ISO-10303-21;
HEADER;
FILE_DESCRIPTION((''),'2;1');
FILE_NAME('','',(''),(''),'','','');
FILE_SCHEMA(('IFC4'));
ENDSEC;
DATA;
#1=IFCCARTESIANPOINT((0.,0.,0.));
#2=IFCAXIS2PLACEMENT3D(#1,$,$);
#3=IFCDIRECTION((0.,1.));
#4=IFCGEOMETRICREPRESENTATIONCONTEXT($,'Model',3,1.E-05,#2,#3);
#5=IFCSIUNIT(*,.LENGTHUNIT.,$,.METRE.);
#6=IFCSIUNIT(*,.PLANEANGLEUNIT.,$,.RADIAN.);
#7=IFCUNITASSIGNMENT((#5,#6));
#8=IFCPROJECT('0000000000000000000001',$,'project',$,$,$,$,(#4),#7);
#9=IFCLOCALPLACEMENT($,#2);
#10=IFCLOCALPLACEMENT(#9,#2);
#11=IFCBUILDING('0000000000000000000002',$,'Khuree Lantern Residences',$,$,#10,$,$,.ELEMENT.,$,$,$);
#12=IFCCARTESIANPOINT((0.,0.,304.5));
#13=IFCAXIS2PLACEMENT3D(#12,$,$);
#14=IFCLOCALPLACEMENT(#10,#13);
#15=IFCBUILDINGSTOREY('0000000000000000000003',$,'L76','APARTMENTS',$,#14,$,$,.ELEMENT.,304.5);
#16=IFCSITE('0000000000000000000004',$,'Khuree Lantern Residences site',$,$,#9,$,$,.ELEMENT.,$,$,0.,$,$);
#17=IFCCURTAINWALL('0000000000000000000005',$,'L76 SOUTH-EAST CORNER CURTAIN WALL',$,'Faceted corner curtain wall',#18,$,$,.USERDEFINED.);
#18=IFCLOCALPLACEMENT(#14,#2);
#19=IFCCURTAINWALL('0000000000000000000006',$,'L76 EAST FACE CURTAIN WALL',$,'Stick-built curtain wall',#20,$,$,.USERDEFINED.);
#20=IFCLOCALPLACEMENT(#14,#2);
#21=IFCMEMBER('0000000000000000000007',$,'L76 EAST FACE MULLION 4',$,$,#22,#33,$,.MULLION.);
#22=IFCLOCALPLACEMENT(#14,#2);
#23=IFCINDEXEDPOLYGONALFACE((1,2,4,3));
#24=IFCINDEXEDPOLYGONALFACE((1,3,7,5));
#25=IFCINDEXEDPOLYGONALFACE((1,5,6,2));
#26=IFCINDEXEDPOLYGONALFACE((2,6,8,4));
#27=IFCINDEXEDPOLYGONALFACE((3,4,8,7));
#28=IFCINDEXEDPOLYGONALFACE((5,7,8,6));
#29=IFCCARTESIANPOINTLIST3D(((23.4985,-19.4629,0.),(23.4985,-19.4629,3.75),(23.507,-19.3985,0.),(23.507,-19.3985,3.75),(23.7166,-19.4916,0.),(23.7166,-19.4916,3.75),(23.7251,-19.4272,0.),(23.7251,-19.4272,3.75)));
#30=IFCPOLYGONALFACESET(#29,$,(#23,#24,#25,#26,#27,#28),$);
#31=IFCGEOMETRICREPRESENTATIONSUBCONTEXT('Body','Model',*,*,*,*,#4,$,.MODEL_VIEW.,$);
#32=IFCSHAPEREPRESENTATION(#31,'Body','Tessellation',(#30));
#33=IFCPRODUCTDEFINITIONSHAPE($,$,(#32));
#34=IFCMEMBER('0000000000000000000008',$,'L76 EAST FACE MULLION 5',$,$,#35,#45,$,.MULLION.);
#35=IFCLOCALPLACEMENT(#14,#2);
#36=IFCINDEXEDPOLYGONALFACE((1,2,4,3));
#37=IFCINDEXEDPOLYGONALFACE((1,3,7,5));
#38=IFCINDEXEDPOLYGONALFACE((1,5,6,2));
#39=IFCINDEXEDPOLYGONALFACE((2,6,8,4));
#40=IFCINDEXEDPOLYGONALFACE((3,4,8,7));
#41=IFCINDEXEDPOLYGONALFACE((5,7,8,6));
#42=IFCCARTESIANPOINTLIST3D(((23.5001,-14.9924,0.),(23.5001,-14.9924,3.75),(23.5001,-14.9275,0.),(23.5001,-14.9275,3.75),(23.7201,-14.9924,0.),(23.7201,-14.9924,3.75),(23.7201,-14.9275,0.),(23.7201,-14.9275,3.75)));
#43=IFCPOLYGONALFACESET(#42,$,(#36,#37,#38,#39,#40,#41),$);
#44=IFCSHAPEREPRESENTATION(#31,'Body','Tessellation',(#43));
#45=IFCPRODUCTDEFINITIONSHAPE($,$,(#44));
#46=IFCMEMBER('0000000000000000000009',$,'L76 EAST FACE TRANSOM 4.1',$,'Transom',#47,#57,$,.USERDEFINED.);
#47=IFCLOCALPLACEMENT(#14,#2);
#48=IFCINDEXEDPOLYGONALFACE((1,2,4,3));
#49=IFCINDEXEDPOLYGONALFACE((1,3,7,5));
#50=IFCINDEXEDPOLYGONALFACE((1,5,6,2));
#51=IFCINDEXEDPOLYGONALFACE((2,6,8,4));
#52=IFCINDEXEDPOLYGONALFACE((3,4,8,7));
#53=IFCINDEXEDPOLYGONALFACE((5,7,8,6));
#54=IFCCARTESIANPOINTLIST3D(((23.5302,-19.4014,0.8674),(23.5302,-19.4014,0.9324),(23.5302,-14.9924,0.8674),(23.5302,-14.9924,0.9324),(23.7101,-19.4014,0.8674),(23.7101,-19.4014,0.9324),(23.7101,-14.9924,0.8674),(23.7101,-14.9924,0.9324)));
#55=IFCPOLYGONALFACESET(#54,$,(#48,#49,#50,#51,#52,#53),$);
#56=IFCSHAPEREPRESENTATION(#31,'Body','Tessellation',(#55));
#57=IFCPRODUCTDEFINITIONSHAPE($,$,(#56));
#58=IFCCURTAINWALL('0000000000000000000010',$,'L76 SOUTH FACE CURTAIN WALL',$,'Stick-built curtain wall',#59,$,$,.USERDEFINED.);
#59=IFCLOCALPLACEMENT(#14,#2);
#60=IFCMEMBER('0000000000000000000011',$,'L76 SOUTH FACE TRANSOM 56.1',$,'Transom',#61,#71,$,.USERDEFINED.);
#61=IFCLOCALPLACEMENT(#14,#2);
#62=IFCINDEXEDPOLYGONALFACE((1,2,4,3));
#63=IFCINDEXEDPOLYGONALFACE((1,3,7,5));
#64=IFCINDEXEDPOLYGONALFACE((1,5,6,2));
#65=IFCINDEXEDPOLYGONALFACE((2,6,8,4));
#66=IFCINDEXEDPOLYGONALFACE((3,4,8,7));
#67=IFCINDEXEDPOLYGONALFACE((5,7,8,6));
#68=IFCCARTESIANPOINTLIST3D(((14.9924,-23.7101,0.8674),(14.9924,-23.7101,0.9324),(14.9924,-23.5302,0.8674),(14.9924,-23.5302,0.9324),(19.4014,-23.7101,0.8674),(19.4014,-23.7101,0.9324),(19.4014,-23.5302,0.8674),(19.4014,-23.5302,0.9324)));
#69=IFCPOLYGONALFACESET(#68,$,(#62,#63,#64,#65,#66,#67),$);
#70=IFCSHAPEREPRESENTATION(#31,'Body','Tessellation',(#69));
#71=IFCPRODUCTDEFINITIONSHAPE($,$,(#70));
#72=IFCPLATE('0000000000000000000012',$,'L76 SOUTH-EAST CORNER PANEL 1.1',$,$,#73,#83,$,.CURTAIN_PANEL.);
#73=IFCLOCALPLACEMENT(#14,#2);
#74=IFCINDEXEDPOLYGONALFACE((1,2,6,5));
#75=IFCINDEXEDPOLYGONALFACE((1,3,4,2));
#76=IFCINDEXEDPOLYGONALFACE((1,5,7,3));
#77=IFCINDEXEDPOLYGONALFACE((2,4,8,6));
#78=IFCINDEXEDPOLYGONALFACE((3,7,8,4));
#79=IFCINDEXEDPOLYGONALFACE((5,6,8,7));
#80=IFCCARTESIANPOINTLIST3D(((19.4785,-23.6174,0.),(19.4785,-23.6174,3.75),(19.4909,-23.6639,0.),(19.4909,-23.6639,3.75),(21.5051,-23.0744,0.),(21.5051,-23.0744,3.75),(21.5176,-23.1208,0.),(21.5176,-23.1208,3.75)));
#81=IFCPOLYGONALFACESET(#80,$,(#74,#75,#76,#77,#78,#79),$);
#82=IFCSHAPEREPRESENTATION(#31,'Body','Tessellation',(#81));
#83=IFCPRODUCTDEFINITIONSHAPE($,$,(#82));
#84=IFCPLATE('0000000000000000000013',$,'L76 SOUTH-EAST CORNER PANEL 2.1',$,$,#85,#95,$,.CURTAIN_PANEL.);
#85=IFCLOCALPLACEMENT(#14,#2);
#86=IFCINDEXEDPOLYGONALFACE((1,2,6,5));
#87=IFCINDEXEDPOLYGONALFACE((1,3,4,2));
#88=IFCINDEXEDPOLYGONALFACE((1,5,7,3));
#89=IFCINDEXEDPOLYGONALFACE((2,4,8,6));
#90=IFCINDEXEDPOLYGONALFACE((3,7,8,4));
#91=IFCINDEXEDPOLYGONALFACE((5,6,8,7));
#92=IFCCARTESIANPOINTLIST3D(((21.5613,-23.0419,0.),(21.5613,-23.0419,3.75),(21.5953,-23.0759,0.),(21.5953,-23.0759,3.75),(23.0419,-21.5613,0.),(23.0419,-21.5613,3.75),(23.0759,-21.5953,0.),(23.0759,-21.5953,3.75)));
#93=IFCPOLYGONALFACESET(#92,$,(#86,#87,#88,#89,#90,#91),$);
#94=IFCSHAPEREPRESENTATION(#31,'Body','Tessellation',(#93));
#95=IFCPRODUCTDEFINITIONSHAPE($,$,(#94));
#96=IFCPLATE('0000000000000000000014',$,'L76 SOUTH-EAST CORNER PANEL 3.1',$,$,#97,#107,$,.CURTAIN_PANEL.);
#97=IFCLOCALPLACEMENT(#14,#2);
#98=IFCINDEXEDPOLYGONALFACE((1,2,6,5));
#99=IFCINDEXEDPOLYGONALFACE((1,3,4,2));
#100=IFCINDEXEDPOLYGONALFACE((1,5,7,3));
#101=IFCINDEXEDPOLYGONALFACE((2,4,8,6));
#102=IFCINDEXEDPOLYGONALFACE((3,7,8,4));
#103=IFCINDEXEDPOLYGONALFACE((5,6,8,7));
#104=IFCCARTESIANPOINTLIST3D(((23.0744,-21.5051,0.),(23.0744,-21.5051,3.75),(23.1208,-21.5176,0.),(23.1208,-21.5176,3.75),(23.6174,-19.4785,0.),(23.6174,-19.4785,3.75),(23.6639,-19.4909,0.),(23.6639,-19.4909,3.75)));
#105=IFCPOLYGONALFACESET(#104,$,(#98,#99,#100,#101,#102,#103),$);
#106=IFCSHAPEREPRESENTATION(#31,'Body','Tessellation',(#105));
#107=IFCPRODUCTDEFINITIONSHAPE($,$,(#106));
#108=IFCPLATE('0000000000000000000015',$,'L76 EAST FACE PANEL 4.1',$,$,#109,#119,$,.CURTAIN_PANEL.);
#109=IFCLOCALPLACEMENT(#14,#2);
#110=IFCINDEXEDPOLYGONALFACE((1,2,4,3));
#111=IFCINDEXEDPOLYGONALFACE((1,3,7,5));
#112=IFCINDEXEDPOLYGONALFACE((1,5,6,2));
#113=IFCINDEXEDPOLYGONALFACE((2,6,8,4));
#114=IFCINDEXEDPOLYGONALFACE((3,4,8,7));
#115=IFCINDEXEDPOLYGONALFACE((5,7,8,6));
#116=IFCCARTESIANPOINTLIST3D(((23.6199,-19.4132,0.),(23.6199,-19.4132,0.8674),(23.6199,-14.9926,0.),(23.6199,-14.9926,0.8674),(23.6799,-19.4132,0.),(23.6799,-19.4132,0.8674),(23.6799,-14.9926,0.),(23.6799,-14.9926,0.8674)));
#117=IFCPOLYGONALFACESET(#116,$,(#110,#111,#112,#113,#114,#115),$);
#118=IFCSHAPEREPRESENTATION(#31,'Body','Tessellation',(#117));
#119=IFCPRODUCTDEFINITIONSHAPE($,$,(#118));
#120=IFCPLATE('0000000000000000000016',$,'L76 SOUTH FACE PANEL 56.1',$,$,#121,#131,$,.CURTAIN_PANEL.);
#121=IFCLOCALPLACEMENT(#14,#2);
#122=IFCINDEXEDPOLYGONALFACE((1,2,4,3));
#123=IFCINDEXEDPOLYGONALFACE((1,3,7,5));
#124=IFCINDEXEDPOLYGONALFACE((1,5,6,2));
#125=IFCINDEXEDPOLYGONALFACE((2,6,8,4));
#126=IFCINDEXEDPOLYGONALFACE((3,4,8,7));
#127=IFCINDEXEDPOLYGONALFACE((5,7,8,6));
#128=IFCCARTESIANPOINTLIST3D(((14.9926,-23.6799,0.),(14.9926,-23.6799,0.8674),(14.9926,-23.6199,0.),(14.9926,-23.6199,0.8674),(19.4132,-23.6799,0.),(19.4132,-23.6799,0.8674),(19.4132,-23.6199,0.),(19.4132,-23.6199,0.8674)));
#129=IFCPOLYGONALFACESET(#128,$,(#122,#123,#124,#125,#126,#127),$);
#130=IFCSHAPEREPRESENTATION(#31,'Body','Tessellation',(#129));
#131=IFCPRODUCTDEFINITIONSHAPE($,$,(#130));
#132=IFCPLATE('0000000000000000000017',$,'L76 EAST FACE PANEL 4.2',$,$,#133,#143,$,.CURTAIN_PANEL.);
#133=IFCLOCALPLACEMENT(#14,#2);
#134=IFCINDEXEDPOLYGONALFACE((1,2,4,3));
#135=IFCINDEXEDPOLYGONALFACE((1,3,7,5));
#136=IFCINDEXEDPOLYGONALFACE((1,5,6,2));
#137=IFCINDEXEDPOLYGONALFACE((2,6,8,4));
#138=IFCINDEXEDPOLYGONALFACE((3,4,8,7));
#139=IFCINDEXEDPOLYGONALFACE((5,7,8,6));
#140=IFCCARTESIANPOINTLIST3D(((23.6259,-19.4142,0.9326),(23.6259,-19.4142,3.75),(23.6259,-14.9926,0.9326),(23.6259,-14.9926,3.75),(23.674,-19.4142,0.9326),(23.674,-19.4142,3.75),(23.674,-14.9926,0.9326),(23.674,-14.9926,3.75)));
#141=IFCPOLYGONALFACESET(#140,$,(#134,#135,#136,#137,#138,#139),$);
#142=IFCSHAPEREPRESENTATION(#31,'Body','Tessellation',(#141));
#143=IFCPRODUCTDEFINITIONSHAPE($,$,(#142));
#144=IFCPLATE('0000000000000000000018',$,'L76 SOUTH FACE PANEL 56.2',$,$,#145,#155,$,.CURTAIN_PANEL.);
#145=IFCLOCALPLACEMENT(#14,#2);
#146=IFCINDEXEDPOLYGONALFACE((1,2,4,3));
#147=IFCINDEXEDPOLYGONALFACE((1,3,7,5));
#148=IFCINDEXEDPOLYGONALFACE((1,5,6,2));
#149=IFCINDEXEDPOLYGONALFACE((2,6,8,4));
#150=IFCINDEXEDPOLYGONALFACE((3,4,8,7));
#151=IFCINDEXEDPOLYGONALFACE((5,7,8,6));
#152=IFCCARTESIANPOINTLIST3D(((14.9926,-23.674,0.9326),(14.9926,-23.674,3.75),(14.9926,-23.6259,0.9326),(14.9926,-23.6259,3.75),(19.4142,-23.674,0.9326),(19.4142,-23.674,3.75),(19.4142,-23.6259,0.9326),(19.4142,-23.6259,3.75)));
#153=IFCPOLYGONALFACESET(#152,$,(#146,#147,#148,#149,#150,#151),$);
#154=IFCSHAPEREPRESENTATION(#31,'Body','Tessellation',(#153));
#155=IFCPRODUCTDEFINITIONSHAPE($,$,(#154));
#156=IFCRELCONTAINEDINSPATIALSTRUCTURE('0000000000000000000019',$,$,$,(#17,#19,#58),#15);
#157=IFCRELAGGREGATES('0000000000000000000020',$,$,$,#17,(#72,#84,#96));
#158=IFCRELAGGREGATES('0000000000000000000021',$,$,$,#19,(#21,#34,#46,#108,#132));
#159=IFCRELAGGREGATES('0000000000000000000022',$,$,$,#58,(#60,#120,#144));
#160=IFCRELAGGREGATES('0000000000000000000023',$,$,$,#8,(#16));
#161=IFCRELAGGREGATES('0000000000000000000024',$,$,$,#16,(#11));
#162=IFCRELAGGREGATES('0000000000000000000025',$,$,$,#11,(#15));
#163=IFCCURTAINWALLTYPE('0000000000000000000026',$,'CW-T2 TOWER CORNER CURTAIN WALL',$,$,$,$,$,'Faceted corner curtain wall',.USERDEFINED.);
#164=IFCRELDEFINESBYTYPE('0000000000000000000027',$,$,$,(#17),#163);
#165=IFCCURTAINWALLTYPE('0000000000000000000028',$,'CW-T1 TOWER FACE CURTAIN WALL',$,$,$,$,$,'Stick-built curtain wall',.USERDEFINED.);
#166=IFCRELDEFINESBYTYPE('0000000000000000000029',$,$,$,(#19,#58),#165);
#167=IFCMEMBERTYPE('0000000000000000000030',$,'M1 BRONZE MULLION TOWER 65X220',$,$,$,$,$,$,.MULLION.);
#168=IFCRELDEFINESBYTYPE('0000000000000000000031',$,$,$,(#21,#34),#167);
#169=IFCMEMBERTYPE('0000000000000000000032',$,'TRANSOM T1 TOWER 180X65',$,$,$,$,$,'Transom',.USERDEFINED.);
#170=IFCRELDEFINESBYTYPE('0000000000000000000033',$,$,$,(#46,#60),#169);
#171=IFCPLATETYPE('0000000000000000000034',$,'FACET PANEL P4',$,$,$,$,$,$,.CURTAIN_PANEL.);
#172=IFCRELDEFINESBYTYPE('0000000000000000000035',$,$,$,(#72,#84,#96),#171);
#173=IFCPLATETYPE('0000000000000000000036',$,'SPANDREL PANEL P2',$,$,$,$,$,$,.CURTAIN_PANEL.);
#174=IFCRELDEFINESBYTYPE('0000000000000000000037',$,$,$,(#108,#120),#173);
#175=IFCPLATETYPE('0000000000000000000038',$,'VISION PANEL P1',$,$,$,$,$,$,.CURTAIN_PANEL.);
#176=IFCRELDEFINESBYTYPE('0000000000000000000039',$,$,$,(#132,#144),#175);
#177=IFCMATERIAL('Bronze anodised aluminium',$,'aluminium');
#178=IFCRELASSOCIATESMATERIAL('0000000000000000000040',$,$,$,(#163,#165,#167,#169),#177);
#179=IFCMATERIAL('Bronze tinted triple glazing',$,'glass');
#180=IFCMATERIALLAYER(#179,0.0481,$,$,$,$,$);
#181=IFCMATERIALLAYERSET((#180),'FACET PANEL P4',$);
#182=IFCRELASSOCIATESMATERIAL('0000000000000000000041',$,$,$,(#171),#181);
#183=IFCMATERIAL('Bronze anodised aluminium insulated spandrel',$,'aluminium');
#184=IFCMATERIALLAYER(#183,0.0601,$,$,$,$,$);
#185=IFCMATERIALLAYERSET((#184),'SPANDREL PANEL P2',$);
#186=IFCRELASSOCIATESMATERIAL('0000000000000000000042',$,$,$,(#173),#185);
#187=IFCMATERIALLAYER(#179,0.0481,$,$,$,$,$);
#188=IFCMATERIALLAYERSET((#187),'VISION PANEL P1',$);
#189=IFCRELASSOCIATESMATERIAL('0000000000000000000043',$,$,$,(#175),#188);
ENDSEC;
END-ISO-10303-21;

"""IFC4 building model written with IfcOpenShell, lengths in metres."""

from ifc_helpers import new_model, si_unit, direction, frame, origin, origin_2d, place, context, subcontext, project, spatial, rectangle, extrude, material, layer, layer_set, material_profile, profile_set, type_object, element, aggregate, save


model = new_model("IFC4")

# Units and contexts
model_context = context("Model", 3, precision=1e-05, world=origin(), true_north=direction((0.0, 1.0)))
body_context = subcontext(model_context, "Body", "Model", "MODEL_VIEW")
ifc_project = project(units=[si_unit("LENGTHUNIT", "METRE"), si_unit("PLANEANGLEUNIT", "RADIAN")], contexts=[model_context])

# Site, building, storey
site_placement = place(None, origin())
site = spatial("IfcSite", under=ifc_project, at=site_placement, Name="Khuree Lantern Residences site", CompositionType="ELEMENT", RefElevation=0.0)
building_placement = place(site_placement, origin())
building = spatial("IfcBuilding", under=site, at=building_placement, Name="Khuree Lantern Residences", CompositionType="ELEMENT")
storey_placement = place(building_placement, frame((0.0, 0.0, 304.5)))
storey = spatial("IfcBuildingStorey", under=building, at=storey_placement, Name="L76", Description="APARTMENTS", CompositionType="ELEMENT", Elevation=304.5)

# Curtain wall
ifc_material_1 = material(Name="Bronze anodised aluminium", Category="aluminium")
curtain_wall_type_1 = type_object("IfcCurtainWallType", Name="CW-T2 TOWER CORNER CURTAIN WALL", ElementType="Faceted corner curtain wall", PredefinedType="USERDEFINED", material=ifc_material_1)
curtain_wall_1_placement = place(storey_placement, origin())
curtain_wall_1 = element("IfcCurtainWall", 1, at=curtain_wall_1_placement, inside=storey, type_object=curtain_wall_type_1, Name="L76 SOUTH-EAST CORNER CURTAIN WALL", ObjectType="Faceted corner curtain wall", PredefinedType="USERDEFINED")

# Shared definitions
ifc_material_profile_1 = material_profile(ifc_material_1, rectangle(XDim=0.0649, YDim=0.22, at=origin_2d()), Name="M1 65X220")
ifc_profile_set_1 = profile_set([ifc_material_profile_1], Name="Bronze anodised aluminium")
member_type_1 = type_object("IfcMemberType", Name="M1 BRONZE MULLION TOWER 65X220", PredefinedType="MULLION", material=ifc_profile_set_1)

# Curtain wall, members
curtain_wall_type_2 = type_object("IfcCurtainWallType", Name="CW-T1 TOWER FACE CURTAIN WALL", ElementType="Stick-built curtain wall", PredefinedType="USERDEFINED", material=ifc_material_1)
curtain_wall_2_placement = place(storey_placement, origin())
curtain_wall_2 = element("IfcCurtainWall", 2, at=curtain_wall_2_placement, inside=storey, type_object=curtain_wall_type_2, Name="L76 EAST FACE CURTAIN WALL", ObjectType="Stick-built curtain wall", PredefinedType="USERDEFINED")
member_1_placement = place(storey_placement, frame((23.6118, -19.4451, 0.0), z_axis=(0.0, 0.0, 1.0), x_axis=(0.130526, 0.991445, 0.0)))
member_1 = element("IfcMember", 3, at=member_1_placement, type_object=member_type_1, Name="L76 EAST FACE MULLION 4", PredefinedType="MULLION", context=body_context, shape_type="SweptSolid", body=[
    extrude(rectangle(XDim=0.0649, YDim=0.22, at=origin_2d()), origin(), (0.0, 0.0, 1.0), 3.75),
])
member_2_placement = place(storey_placement, frame((23.6101, -14.96, 0.0), z_axis=(0.0, 0.0, 1.0), x_axis=(0.0, 1.0, 0.0)))
member_2 = element("IfcMember", 4, at=member_2_placement, type_object=member_type_1, Name="L76 EAST FACE MULLION 5", PredefinedType="MULLION", context=body_context, shape_type="SweptSolid", body=[
    extrude(rectangle(XDim=0.0649, YDim=0.22, at=origin_2d()), origin(), (0.0, 0.0, 1.0), 3.75),
])
ifc_material_profile_2 = material_profile(ifc_material_1, rectangle(XDim=0.1799, YDim=0.0649, at=origin_2d()), Name="T1 180X65")
ifc_profile_set_2 = profile_set([ifc_material_profile_2], Name="Bronze anodised aluminium")
member_type_2 = type_object("IfcMemberType", Name="TRANSOM T1 TOWER 180X65", ElementType="Transom", PredefinedType="USERDEFINED", material=ifc_profile_set_2)
member_3_placement = place(storey_placement, frame((23.6201, -19.4014, 0.8999), z_axis=(0.0, 1.0, 0.0), x_axis=(-1.0, 0.0, 0.0)))
member_3 = element("IfcMember", 5, at=member_3_placement, type_object=member_type_2, Name="L76 EAST FACE TRANSOM 4.1", ObjectType="Transom", PredefinedType="USERDEFINED", context=body_context, shape_type="SweptSolid", body=[
    extrude(rectangle(XDim=0.1799, YDim=0.0649, at=origin_2d()), origin(), (0.0, 0.0, 1.0), 4.4089),
])

# Curtain wall, member
curtain_wall_3_placement = place(storey_placement, origin())
curtain_wall_3 = element("IfcCurtainWall", 6, at=curtain_wall_3_placement, inside=storey, type_object=curtain_wall_type_2, Name="L76 SOUTH FACE CURTAIN WALL", ObjectType="Stick-built curtain wall", PredefinedType="USERDEFINED")
member_4_placement = place(storey_placement, frame((14.9924, -23.6201, 0.8999), z_axis=(1.0, 0.0, 0.0), x_axis=(0.0, 1.0, 0.0)))
member_4 = element("IfcMember", 7, at=member_4_placement, type_object=member_type_2, Name="L76 SOUTH FACE TRANSOM 56.1", ObjectType="Transom", PredefinedType="USERDEFINED", context=body_context, shape_type="SweptSolid", body=[
    extrude(rectangle(XDim=0.1799, YDim=0.0649, at=origin_2d()), origin(), (0.0, 0.0, 1.0), 4.4089),
])

# Plates
ifc_material_2 = material(Name="Bronze tinted triple glazing", Category="glass")
ifc_layer_1 = layer(ifc_material_2, 0.0481)
ifc_layer_set_1 = layer_set([ifc_layer_1], Name="FACET PANEL P4")
plate_type_1 = type_object("IfcPlateType", Name="FACET PANEL P4", PredefinedType="CURTAIN_PANEL", material=ifc_layer_set_1)
plate_1_placement = place(storey_placement, frame((20.498, -23.3691, 0.0), z_axis=(0.0, 0.0, 1.0), x_axis=(0.965926, 0.258819, 0.0)))
plate_1 = element("IfcPlate", 8, at=plate_1_placement, type_object=plate_type_1, Name="L76 SOUTH-EAST CORNER PANEL 1.1", PredefinedType="CURTAIN_PANEL", context=body_context, shape_type="SweptSolid", body=[
    extrude(rectangle(XDim=2.0981, YDim=0.0481, at=origin_2d()), origin(), (0.0, 0.0, 1.0), 3.75),
])
plate_2_placement = place(storey_placement, frame((22.3186, -22.3186, 0.0), z_axis=(0.0, 0.0, 1.0), x_axis=(0.707107, 0.707107, 0.0)))
plate_2 = element("IfcPlate", 9, at=plate_2_placement, type_object=plate_type_1, Name="L76 SOUTH-EAST CORNER PANEL 2.1", PredefinedType="CURTAIN_PANEL", context=body_context, shape_type="SweptSolid", body=[
    extrude(rectangle(XDim=2.094, YDim=0.0481, at=origin_2d()), origin(), (0.0, 0.0, 1.0), 3.75),
])
plate_3_placement = place(storey_placement, frame((23.3691, -20.498, 0.0), z_axis=(0.0, 0.0, 1.0), x_axis=(0.258819, 0.965926, 0.0)))
plate_3 = element("IfcPlate", 10, at=plate_3_placement, type_object=plate_type_1, Name="L76 SOUTH-EAST CORNER PANEL 3.1", PredefinedType="CURTAIN_PANEL", context=body_context, shape_type="SweptSolid", body=[
    extrude(rectangle(XDim=2.0981, YDim=0.0481, at=origin_2d()), origin(), (0.0, 0.0, 1.0), 3.75),
])
aggregate(curtain_wall_1, [plate_1, plate_2, plate_3])
ifc_material_3 = material(Name="Bronze anodised aluminium insulated spandrel", Category="aluminium")
ifc_layer_2 = layer(ifc_material_3, 0.0601)
ifc_layer_set_2 = layer_set([ifc_layer_2], Name="SPANDREL PANEL P2")
plate_type_2 = type_object("IfcPlateType", Name="SPANDREL PANEL P2", PredefinedType="CURTAIN_PANEL", material=ifc_layer_set_2)
plate_4_placement = place(storey_placement, frame((23.6499, -17.2029, 0.0), z_axis=(0.0, 0.0, 1.0), x_axis=(0.0, 1.0, 0.0)))
plate_4 = element("IfcPlate", 11, at=plate_4_placement, type_object=plate_type_2, Name="L76 EAST FACE PANEL 4.1", PredefinedType="CURTAIN_PANEL", context=body_context, shape_type="SweptSolid", body=[
    extrude(rectangle(XDim=4.4207, YDim=0.0601, at=origin_2d()), origin(), (0.0, 0.0, 1.0), 0.8674),
])
plate_5_placement = place(storey_placement, frame((17.2029, -23.6499, 0.0), z_axis=(0.0, 0.0, 1.0), x_axis=(1.0, 0.0, 0.0)))
plate_5 = element("IfcPlate", 12, at=plate_5_placement, type_object=plate_type_2, Name="L76 SOUTH FACE PANEL 56.1", PredefinedType="CURTAIN_PANEL", context=body_context, shape_type="SweptSolid", body=[
    extrude(rectangle(XDim=4.4207, YDim=0.0601, at=origin_2d()), origin(), (0.0, 0.0, 1.0), 0.8674),
])
ifc_layer_3 = layer(ifc_material_2, 0.0481)
ifc_layer_set_3 = layer_set([ifc_layer_3], Name="VISION PANEL P1")
plate_type_3 = type_object("IfcPlateType", Name="VISION PANEL P1", PredefinedType="CURTAIN_PANEL", material=ifc_layer_set_3)
plate_6_placement = place(storey_placement, frame((23.6499, -17.2034, 0.9326), z_axis=(0.0, 0.0, 1.0), x_axis=(0.0, 1.0, 0.0)))
plate_6 = element("IfcPlate", 13, at=plate_6_placement, type_object=plate_type_3, Name="L76 EAST FACE PANEL 4.2", PredefinedType="CURTAIN_PANEL", context=body_context, shape_type="SweptSolid", body=[
    extrude(rectangle(XDim=4.4216, YDim=0.0481, at=origin_2d()), origin(), (0.0, 0.0, 1.0), 2.8174),
])
aggregate(curtain_wall_2, [member_1, member_2, member_3, plate_4, plate_6])
plate_7_placement = place(storey_placement, frame((17.2034, -23.6499, 0.9326), z_axis=(0.0, 0.0, 1.0), x_axis=(1.0, 0.0, 0.0)))
plate_7 = element("IfcPlate", 14, at=plate_7_placement, type_object=plate_type_3, Name="L76 SOUTH FACE PANEL 56.2", PredefinedType="CURTAIN_PANEL", context=body_context, shape_type="SweptSolid", body=[
    extrude(rectangle(XDim=4.4216, YDim=0.0481, at=origin_2d()), origin(), (0.0, 0.0, 1.0), 2.8174),
])
aggregate(curtain_wall_3, [member_4, plate_5, plate_7])

save(model, "model.ifc")
